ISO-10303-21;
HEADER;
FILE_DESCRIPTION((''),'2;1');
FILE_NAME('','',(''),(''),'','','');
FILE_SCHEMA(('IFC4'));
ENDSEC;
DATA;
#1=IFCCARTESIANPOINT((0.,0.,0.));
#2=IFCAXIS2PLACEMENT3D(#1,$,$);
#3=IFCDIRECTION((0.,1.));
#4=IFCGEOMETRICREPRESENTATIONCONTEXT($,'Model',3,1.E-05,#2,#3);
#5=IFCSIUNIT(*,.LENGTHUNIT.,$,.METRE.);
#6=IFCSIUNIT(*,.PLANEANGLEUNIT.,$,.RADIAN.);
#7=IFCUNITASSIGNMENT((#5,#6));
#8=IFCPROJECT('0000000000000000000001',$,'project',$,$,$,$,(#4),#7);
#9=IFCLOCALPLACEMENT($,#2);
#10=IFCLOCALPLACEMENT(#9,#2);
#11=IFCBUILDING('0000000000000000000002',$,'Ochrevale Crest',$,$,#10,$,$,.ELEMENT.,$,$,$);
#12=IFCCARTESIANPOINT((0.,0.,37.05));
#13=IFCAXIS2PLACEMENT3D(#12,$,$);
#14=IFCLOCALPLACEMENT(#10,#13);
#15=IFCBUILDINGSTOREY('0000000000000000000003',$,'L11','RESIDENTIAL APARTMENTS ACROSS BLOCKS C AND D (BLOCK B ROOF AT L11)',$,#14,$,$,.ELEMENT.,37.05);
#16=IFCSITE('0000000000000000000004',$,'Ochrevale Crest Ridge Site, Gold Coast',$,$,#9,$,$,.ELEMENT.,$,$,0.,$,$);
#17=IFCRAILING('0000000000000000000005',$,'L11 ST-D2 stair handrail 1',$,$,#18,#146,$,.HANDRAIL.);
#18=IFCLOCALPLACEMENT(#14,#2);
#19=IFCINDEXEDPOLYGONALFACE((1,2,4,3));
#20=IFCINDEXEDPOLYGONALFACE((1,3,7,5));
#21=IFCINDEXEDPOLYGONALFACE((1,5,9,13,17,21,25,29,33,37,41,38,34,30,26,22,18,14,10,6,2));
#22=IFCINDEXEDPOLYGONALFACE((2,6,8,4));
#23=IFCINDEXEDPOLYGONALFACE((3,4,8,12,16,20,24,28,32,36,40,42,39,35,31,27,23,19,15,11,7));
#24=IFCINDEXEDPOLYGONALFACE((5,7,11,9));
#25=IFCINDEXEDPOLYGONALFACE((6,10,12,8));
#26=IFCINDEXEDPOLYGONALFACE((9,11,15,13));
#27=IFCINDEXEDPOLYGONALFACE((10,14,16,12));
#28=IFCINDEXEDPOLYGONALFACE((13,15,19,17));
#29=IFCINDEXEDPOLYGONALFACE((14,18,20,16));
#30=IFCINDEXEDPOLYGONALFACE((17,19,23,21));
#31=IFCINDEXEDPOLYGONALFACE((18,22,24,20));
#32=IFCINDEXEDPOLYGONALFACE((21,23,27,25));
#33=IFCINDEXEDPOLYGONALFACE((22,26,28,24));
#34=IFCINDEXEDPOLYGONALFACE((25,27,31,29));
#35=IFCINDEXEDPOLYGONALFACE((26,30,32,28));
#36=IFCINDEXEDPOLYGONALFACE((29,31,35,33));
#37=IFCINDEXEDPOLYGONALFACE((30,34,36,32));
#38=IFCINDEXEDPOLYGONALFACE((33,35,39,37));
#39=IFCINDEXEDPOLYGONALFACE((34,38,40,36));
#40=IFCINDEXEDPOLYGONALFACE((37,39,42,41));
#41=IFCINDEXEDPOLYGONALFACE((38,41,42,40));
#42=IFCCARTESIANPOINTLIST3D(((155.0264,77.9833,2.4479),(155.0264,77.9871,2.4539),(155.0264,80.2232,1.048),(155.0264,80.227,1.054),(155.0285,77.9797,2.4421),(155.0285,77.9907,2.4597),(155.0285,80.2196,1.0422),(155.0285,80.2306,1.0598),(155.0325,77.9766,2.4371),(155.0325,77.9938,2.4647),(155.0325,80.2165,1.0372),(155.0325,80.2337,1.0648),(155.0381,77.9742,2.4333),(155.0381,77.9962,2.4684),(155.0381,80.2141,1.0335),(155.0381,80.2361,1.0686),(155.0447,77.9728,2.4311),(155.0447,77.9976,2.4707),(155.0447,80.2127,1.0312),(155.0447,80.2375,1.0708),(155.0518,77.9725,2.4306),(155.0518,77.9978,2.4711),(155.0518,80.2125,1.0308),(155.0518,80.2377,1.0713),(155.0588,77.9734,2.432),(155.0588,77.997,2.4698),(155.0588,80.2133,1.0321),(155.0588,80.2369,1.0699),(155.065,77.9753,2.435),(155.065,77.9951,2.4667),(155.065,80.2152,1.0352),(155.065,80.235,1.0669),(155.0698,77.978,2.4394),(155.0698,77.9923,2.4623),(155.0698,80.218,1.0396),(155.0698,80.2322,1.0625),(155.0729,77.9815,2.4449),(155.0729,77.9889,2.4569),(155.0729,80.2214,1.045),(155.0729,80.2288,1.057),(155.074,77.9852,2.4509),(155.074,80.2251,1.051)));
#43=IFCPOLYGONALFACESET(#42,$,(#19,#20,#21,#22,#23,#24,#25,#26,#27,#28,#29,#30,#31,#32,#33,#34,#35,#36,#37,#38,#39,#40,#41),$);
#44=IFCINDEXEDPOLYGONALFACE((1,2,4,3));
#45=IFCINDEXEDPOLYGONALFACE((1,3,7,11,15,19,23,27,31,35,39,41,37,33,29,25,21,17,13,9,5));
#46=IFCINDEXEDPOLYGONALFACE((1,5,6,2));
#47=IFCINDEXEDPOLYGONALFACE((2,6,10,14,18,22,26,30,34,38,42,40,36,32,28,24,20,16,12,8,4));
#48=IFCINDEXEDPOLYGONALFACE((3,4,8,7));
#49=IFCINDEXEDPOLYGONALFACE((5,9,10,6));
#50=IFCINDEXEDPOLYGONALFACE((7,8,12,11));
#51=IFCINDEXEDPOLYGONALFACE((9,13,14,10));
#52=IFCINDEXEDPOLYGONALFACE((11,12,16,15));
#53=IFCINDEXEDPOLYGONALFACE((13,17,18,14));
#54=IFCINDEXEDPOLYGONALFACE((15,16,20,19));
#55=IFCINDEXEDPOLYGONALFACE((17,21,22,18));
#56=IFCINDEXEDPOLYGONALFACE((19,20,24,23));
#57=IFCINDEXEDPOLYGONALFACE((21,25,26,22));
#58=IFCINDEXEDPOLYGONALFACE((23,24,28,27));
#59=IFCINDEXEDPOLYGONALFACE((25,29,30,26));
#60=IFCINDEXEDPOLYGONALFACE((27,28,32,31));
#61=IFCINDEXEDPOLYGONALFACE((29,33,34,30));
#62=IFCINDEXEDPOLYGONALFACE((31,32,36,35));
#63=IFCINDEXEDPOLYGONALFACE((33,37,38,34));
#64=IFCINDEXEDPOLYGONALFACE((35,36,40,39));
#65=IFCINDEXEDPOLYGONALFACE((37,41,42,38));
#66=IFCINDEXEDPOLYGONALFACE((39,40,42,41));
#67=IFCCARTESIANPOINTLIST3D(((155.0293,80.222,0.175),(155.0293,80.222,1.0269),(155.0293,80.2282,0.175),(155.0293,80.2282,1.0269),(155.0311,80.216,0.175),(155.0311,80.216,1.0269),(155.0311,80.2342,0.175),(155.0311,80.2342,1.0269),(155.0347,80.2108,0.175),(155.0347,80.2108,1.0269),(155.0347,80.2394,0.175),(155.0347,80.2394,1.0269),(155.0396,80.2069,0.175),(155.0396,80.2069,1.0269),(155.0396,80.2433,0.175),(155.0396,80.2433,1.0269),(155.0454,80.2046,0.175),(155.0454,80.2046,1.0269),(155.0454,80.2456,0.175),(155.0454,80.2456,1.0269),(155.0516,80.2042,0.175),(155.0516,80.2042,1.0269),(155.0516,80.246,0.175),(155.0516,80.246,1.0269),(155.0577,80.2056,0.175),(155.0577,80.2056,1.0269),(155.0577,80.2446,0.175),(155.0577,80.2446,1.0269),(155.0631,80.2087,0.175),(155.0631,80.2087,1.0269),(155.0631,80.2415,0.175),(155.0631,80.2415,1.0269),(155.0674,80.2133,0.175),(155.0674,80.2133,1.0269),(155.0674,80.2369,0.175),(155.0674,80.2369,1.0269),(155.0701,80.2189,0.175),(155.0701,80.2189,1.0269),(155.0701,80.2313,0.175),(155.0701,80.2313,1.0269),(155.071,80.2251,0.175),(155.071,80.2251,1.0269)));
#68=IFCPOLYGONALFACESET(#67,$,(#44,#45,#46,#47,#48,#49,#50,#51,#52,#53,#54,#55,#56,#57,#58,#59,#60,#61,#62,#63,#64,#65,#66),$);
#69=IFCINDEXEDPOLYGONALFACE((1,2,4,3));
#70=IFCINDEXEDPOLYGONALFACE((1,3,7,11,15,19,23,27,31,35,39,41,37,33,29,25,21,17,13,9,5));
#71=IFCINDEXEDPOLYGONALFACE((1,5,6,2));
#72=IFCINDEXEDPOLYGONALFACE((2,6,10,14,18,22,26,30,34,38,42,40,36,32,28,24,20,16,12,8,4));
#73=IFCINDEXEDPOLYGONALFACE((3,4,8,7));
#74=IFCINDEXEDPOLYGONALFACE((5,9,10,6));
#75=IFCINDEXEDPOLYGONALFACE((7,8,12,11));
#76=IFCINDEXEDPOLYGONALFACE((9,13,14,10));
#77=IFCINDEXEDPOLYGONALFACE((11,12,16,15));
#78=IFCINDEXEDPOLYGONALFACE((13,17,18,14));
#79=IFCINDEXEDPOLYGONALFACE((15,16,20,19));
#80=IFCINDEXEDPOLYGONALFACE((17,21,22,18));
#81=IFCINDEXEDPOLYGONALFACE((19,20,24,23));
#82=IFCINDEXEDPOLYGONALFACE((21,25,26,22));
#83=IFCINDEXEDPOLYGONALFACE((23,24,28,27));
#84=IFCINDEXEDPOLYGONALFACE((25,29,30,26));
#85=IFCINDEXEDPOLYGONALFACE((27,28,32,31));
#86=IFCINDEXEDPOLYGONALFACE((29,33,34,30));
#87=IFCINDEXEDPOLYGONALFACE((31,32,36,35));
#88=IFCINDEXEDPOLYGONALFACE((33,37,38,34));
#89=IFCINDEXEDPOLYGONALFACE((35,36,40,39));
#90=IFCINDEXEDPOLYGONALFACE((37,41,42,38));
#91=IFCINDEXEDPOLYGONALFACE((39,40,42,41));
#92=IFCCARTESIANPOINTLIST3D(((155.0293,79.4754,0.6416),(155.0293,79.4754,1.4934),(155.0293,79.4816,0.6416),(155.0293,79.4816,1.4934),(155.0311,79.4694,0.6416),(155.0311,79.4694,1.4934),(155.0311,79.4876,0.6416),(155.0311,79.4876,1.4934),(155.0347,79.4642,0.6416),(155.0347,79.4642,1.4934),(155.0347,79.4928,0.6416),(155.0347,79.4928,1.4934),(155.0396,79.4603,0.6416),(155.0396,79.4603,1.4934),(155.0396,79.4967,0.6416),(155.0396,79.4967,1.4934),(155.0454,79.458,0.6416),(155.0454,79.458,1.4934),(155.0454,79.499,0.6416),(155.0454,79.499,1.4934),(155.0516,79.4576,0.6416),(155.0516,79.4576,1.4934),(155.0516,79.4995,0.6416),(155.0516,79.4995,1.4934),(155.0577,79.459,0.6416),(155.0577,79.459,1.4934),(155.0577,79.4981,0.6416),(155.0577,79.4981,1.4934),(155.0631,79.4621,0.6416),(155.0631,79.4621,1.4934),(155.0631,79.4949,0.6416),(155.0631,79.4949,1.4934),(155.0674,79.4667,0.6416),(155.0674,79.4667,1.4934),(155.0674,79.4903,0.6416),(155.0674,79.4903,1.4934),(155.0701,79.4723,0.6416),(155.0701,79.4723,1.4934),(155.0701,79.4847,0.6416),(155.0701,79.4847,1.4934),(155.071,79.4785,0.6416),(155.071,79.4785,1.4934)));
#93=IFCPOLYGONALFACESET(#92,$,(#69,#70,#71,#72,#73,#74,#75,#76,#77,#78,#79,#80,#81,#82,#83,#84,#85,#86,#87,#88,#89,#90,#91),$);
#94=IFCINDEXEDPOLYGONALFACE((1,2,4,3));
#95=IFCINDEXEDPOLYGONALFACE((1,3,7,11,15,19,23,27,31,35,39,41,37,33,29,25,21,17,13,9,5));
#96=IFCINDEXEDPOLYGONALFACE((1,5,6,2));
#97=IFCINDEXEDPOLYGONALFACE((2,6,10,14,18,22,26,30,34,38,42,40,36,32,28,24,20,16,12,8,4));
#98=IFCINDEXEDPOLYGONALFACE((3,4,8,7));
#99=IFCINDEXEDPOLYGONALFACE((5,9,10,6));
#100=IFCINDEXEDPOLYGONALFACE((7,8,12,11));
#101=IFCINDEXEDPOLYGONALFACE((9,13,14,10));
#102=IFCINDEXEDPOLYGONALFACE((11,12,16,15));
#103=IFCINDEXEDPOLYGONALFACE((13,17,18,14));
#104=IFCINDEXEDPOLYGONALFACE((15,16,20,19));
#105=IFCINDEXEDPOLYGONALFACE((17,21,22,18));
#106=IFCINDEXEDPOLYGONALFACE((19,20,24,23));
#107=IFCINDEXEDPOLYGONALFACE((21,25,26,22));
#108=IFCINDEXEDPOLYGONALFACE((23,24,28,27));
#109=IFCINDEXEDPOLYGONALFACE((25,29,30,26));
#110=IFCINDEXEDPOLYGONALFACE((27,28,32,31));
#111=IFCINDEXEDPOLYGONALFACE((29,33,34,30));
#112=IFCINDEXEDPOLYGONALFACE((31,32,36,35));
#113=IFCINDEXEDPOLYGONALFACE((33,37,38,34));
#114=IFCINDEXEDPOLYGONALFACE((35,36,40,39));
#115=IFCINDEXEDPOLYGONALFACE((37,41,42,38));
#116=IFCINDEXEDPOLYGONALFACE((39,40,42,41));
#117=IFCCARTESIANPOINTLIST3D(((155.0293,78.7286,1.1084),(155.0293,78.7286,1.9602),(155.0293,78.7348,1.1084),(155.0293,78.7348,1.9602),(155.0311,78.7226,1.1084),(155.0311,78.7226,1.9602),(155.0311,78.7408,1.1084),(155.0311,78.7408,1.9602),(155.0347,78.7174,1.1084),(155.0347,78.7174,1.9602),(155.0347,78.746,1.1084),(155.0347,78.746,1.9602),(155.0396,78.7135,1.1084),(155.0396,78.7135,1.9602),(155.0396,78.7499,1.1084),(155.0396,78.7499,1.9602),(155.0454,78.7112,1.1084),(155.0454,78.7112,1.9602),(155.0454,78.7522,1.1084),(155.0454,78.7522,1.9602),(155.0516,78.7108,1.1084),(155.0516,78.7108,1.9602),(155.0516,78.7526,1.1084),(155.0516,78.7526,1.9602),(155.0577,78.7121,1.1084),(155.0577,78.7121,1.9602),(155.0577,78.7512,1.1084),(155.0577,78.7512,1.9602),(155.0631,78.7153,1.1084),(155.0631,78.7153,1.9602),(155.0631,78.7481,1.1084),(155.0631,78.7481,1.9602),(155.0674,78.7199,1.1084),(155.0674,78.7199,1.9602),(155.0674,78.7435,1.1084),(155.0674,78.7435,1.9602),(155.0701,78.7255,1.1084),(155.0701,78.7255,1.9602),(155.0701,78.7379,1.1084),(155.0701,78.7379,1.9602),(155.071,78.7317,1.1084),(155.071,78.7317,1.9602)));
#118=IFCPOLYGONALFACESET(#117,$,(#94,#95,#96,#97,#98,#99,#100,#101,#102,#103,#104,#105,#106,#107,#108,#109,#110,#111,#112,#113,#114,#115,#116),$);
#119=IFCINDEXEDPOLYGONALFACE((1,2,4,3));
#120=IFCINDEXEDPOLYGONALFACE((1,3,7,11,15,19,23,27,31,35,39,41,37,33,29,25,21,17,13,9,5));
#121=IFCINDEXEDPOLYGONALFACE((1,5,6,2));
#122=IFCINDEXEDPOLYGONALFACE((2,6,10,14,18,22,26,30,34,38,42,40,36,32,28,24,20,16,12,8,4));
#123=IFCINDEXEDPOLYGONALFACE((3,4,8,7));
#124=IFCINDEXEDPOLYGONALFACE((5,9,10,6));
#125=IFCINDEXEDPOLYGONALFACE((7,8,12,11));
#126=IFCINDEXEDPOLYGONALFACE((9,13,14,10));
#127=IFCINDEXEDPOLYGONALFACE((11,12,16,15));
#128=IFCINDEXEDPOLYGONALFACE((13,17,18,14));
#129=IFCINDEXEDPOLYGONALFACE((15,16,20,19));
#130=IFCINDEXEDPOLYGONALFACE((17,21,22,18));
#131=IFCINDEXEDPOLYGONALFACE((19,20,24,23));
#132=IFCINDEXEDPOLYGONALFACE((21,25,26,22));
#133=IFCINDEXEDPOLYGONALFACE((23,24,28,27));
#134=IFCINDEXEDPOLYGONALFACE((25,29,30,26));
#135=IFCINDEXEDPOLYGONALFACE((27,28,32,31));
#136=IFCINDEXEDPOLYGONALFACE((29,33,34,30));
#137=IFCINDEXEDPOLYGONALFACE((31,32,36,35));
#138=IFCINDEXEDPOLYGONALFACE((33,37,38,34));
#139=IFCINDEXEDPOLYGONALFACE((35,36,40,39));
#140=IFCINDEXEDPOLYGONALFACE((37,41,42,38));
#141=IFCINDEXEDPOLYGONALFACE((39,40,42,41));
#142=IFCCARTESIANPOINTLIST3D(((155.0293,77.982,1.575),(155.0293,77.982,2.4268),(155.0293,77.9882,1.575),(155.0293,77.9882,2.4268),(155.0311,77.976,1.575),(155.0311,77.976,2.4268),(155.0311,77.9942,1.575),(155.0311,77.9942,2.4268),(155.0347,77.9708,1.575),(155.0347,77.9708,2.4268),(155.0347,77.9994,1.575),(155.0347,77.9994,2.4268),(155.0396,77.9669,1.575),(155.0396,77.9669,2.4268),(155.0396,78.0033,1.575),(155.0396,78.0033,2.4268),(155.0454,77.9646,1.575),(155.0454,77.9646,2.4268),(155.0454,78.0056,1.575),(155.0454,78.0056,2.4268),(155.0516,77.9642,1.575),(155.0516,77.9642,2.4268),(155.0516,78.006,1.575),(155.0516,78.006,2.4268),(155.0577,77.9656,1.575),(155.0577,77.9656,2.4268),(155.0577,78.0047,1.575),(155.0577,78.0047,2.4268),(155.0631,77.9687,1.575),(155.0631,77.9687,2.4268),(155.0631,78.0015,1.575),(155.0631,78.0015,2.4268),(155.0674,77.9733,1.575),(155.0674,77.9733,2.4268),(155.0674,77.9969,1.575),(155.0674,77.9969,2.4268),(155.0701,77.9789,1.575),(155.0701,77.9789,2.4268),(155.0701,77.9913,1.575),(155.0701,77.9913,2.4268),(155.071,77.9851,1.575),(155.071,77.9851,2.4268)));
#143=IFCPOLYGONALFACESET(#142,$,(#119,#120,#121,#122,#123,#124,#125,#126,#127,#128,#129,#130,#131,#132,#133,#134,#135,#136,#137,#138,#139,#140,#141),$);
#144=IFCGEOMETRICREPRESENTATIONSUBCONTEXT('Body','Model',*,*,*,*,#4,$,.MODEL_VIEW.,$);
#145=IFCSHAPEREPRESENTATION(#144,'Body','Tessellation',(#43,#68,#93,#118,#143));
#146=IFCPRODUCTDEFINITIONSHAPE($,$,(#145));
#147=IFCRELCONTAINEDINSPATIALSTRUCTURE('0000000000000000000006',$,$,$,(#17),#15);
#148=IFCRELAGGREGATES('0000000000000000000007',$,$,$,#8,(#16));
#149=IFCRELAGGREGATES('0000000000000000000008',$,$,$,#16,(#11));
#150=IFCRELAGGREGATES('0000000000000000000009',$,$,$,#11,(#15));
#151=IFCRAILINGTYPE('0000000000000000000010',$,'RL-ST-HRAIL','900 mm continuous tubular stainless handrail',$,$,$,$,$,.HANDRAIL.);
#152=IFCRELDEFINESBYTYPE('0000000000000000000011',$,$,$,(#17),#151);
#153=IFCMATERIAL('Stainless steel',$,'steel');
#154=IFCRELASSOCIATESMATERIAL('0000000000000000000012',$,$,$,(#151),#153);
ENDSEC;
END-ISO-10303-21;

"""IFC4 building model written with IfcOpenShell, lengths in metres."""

from ifc_helpers import new_model, si_unit, direction, frame, origin, origin_2d, place, context, subcontext, project, spatial, circle, extrude, material, type_object, element, save


model = new_model("IFC4")

# Units and contexts
model_context = context("Model", 3, precision=1e-05, world=origin(), true_north=direction((0.0, 1.0)))
body_context = subcontext(model_context, "Body", "Model", "MODEL_VIEW")
ifc_project = project(units=[si_unit("LENGTHUNIT", "METRE"), si_unit("PLANEANGLEUNIT", "RADIAN")], contexts=[model_context])

# Site, building, storey
site_placement = place(None, origin())
site = spatial("IfcSite", under=ifc_project, at=site_placement, Name="Ochrevale Crest Ridge Site, Gold Coast", CompositionType="ELEMENT", RefElevation=0.0)
building_placement = place(site_placement, origin())
building = spatial("IfcBuilding", under=site, at=building_placement, Name="Ochrevale Crest", CompositionType="ELEMENT")
storey_placement = place(building_placement, frame((0.0, 0.0, 37.05)))
storey = spatial("IfcBuildingStorey", under=building, at=storey_placement, Name="L11", Description="RESIDENTIAL APARTMENTS ACROSS BLOCKS C AND D (BLOCK B ROOF AT L11)", CompositionType="ELEMENT", Elevation=37.05)

# Railing
ifc_material_1 = material(Name="Stainless steel", Category="steel")
railing_type_1 = type_object("IfcRailingType", Name="RL-ST-HRAIL", Description="900 mm continuous tubular stainless handrail", PredefinedType="HANDRAIL", material=ifc_material_1)
railing_1_placement = place(storey_placement, frame((155.05, 80.2251, 0.175)))
element("IfcRailing", 1, at=railing_1_placement, inside=storey, type_object=railing_type_1, Name="L11 ST-D2 stair handrail 1", PredefinedType="HANDRAIL", context=body_context, shape_type="SweptSolid", body=[
    extrude(circle(Radius=0.0239, at=origin_2d()), frame((0.0, 0.0, 0.876), z_axis=(0.0, -0.848014, 0.529974), x_axis=(1.0, 0.0, 0.0)), (0.0, 0.0, 1.0), 2.6414),
    extrude(circle(Radius=0.021, at=origin_2d()), origin(), (0.0, 0.0, 1.0), 0.8518),
    extrude(circle(Radius=0.021, at=origin_2d()), frame((0.0, -0.7466, 0.4666)), (0.0, 0.0, 1.0), 0.8518),
    extrude(circle(Radius=0.021, at=origin_2d()), frame((0.0, -1.4934, 0.9333)), (0.0, 0.0, 1.0), 0.8518),
    extrude(circle(Radius=0.021, at=origin_2d()), frame((0.0, -2.24, 1.3999)), (0.0, 0.0, 1.0), 0.8518),
])

save(model, "model.ifc")
